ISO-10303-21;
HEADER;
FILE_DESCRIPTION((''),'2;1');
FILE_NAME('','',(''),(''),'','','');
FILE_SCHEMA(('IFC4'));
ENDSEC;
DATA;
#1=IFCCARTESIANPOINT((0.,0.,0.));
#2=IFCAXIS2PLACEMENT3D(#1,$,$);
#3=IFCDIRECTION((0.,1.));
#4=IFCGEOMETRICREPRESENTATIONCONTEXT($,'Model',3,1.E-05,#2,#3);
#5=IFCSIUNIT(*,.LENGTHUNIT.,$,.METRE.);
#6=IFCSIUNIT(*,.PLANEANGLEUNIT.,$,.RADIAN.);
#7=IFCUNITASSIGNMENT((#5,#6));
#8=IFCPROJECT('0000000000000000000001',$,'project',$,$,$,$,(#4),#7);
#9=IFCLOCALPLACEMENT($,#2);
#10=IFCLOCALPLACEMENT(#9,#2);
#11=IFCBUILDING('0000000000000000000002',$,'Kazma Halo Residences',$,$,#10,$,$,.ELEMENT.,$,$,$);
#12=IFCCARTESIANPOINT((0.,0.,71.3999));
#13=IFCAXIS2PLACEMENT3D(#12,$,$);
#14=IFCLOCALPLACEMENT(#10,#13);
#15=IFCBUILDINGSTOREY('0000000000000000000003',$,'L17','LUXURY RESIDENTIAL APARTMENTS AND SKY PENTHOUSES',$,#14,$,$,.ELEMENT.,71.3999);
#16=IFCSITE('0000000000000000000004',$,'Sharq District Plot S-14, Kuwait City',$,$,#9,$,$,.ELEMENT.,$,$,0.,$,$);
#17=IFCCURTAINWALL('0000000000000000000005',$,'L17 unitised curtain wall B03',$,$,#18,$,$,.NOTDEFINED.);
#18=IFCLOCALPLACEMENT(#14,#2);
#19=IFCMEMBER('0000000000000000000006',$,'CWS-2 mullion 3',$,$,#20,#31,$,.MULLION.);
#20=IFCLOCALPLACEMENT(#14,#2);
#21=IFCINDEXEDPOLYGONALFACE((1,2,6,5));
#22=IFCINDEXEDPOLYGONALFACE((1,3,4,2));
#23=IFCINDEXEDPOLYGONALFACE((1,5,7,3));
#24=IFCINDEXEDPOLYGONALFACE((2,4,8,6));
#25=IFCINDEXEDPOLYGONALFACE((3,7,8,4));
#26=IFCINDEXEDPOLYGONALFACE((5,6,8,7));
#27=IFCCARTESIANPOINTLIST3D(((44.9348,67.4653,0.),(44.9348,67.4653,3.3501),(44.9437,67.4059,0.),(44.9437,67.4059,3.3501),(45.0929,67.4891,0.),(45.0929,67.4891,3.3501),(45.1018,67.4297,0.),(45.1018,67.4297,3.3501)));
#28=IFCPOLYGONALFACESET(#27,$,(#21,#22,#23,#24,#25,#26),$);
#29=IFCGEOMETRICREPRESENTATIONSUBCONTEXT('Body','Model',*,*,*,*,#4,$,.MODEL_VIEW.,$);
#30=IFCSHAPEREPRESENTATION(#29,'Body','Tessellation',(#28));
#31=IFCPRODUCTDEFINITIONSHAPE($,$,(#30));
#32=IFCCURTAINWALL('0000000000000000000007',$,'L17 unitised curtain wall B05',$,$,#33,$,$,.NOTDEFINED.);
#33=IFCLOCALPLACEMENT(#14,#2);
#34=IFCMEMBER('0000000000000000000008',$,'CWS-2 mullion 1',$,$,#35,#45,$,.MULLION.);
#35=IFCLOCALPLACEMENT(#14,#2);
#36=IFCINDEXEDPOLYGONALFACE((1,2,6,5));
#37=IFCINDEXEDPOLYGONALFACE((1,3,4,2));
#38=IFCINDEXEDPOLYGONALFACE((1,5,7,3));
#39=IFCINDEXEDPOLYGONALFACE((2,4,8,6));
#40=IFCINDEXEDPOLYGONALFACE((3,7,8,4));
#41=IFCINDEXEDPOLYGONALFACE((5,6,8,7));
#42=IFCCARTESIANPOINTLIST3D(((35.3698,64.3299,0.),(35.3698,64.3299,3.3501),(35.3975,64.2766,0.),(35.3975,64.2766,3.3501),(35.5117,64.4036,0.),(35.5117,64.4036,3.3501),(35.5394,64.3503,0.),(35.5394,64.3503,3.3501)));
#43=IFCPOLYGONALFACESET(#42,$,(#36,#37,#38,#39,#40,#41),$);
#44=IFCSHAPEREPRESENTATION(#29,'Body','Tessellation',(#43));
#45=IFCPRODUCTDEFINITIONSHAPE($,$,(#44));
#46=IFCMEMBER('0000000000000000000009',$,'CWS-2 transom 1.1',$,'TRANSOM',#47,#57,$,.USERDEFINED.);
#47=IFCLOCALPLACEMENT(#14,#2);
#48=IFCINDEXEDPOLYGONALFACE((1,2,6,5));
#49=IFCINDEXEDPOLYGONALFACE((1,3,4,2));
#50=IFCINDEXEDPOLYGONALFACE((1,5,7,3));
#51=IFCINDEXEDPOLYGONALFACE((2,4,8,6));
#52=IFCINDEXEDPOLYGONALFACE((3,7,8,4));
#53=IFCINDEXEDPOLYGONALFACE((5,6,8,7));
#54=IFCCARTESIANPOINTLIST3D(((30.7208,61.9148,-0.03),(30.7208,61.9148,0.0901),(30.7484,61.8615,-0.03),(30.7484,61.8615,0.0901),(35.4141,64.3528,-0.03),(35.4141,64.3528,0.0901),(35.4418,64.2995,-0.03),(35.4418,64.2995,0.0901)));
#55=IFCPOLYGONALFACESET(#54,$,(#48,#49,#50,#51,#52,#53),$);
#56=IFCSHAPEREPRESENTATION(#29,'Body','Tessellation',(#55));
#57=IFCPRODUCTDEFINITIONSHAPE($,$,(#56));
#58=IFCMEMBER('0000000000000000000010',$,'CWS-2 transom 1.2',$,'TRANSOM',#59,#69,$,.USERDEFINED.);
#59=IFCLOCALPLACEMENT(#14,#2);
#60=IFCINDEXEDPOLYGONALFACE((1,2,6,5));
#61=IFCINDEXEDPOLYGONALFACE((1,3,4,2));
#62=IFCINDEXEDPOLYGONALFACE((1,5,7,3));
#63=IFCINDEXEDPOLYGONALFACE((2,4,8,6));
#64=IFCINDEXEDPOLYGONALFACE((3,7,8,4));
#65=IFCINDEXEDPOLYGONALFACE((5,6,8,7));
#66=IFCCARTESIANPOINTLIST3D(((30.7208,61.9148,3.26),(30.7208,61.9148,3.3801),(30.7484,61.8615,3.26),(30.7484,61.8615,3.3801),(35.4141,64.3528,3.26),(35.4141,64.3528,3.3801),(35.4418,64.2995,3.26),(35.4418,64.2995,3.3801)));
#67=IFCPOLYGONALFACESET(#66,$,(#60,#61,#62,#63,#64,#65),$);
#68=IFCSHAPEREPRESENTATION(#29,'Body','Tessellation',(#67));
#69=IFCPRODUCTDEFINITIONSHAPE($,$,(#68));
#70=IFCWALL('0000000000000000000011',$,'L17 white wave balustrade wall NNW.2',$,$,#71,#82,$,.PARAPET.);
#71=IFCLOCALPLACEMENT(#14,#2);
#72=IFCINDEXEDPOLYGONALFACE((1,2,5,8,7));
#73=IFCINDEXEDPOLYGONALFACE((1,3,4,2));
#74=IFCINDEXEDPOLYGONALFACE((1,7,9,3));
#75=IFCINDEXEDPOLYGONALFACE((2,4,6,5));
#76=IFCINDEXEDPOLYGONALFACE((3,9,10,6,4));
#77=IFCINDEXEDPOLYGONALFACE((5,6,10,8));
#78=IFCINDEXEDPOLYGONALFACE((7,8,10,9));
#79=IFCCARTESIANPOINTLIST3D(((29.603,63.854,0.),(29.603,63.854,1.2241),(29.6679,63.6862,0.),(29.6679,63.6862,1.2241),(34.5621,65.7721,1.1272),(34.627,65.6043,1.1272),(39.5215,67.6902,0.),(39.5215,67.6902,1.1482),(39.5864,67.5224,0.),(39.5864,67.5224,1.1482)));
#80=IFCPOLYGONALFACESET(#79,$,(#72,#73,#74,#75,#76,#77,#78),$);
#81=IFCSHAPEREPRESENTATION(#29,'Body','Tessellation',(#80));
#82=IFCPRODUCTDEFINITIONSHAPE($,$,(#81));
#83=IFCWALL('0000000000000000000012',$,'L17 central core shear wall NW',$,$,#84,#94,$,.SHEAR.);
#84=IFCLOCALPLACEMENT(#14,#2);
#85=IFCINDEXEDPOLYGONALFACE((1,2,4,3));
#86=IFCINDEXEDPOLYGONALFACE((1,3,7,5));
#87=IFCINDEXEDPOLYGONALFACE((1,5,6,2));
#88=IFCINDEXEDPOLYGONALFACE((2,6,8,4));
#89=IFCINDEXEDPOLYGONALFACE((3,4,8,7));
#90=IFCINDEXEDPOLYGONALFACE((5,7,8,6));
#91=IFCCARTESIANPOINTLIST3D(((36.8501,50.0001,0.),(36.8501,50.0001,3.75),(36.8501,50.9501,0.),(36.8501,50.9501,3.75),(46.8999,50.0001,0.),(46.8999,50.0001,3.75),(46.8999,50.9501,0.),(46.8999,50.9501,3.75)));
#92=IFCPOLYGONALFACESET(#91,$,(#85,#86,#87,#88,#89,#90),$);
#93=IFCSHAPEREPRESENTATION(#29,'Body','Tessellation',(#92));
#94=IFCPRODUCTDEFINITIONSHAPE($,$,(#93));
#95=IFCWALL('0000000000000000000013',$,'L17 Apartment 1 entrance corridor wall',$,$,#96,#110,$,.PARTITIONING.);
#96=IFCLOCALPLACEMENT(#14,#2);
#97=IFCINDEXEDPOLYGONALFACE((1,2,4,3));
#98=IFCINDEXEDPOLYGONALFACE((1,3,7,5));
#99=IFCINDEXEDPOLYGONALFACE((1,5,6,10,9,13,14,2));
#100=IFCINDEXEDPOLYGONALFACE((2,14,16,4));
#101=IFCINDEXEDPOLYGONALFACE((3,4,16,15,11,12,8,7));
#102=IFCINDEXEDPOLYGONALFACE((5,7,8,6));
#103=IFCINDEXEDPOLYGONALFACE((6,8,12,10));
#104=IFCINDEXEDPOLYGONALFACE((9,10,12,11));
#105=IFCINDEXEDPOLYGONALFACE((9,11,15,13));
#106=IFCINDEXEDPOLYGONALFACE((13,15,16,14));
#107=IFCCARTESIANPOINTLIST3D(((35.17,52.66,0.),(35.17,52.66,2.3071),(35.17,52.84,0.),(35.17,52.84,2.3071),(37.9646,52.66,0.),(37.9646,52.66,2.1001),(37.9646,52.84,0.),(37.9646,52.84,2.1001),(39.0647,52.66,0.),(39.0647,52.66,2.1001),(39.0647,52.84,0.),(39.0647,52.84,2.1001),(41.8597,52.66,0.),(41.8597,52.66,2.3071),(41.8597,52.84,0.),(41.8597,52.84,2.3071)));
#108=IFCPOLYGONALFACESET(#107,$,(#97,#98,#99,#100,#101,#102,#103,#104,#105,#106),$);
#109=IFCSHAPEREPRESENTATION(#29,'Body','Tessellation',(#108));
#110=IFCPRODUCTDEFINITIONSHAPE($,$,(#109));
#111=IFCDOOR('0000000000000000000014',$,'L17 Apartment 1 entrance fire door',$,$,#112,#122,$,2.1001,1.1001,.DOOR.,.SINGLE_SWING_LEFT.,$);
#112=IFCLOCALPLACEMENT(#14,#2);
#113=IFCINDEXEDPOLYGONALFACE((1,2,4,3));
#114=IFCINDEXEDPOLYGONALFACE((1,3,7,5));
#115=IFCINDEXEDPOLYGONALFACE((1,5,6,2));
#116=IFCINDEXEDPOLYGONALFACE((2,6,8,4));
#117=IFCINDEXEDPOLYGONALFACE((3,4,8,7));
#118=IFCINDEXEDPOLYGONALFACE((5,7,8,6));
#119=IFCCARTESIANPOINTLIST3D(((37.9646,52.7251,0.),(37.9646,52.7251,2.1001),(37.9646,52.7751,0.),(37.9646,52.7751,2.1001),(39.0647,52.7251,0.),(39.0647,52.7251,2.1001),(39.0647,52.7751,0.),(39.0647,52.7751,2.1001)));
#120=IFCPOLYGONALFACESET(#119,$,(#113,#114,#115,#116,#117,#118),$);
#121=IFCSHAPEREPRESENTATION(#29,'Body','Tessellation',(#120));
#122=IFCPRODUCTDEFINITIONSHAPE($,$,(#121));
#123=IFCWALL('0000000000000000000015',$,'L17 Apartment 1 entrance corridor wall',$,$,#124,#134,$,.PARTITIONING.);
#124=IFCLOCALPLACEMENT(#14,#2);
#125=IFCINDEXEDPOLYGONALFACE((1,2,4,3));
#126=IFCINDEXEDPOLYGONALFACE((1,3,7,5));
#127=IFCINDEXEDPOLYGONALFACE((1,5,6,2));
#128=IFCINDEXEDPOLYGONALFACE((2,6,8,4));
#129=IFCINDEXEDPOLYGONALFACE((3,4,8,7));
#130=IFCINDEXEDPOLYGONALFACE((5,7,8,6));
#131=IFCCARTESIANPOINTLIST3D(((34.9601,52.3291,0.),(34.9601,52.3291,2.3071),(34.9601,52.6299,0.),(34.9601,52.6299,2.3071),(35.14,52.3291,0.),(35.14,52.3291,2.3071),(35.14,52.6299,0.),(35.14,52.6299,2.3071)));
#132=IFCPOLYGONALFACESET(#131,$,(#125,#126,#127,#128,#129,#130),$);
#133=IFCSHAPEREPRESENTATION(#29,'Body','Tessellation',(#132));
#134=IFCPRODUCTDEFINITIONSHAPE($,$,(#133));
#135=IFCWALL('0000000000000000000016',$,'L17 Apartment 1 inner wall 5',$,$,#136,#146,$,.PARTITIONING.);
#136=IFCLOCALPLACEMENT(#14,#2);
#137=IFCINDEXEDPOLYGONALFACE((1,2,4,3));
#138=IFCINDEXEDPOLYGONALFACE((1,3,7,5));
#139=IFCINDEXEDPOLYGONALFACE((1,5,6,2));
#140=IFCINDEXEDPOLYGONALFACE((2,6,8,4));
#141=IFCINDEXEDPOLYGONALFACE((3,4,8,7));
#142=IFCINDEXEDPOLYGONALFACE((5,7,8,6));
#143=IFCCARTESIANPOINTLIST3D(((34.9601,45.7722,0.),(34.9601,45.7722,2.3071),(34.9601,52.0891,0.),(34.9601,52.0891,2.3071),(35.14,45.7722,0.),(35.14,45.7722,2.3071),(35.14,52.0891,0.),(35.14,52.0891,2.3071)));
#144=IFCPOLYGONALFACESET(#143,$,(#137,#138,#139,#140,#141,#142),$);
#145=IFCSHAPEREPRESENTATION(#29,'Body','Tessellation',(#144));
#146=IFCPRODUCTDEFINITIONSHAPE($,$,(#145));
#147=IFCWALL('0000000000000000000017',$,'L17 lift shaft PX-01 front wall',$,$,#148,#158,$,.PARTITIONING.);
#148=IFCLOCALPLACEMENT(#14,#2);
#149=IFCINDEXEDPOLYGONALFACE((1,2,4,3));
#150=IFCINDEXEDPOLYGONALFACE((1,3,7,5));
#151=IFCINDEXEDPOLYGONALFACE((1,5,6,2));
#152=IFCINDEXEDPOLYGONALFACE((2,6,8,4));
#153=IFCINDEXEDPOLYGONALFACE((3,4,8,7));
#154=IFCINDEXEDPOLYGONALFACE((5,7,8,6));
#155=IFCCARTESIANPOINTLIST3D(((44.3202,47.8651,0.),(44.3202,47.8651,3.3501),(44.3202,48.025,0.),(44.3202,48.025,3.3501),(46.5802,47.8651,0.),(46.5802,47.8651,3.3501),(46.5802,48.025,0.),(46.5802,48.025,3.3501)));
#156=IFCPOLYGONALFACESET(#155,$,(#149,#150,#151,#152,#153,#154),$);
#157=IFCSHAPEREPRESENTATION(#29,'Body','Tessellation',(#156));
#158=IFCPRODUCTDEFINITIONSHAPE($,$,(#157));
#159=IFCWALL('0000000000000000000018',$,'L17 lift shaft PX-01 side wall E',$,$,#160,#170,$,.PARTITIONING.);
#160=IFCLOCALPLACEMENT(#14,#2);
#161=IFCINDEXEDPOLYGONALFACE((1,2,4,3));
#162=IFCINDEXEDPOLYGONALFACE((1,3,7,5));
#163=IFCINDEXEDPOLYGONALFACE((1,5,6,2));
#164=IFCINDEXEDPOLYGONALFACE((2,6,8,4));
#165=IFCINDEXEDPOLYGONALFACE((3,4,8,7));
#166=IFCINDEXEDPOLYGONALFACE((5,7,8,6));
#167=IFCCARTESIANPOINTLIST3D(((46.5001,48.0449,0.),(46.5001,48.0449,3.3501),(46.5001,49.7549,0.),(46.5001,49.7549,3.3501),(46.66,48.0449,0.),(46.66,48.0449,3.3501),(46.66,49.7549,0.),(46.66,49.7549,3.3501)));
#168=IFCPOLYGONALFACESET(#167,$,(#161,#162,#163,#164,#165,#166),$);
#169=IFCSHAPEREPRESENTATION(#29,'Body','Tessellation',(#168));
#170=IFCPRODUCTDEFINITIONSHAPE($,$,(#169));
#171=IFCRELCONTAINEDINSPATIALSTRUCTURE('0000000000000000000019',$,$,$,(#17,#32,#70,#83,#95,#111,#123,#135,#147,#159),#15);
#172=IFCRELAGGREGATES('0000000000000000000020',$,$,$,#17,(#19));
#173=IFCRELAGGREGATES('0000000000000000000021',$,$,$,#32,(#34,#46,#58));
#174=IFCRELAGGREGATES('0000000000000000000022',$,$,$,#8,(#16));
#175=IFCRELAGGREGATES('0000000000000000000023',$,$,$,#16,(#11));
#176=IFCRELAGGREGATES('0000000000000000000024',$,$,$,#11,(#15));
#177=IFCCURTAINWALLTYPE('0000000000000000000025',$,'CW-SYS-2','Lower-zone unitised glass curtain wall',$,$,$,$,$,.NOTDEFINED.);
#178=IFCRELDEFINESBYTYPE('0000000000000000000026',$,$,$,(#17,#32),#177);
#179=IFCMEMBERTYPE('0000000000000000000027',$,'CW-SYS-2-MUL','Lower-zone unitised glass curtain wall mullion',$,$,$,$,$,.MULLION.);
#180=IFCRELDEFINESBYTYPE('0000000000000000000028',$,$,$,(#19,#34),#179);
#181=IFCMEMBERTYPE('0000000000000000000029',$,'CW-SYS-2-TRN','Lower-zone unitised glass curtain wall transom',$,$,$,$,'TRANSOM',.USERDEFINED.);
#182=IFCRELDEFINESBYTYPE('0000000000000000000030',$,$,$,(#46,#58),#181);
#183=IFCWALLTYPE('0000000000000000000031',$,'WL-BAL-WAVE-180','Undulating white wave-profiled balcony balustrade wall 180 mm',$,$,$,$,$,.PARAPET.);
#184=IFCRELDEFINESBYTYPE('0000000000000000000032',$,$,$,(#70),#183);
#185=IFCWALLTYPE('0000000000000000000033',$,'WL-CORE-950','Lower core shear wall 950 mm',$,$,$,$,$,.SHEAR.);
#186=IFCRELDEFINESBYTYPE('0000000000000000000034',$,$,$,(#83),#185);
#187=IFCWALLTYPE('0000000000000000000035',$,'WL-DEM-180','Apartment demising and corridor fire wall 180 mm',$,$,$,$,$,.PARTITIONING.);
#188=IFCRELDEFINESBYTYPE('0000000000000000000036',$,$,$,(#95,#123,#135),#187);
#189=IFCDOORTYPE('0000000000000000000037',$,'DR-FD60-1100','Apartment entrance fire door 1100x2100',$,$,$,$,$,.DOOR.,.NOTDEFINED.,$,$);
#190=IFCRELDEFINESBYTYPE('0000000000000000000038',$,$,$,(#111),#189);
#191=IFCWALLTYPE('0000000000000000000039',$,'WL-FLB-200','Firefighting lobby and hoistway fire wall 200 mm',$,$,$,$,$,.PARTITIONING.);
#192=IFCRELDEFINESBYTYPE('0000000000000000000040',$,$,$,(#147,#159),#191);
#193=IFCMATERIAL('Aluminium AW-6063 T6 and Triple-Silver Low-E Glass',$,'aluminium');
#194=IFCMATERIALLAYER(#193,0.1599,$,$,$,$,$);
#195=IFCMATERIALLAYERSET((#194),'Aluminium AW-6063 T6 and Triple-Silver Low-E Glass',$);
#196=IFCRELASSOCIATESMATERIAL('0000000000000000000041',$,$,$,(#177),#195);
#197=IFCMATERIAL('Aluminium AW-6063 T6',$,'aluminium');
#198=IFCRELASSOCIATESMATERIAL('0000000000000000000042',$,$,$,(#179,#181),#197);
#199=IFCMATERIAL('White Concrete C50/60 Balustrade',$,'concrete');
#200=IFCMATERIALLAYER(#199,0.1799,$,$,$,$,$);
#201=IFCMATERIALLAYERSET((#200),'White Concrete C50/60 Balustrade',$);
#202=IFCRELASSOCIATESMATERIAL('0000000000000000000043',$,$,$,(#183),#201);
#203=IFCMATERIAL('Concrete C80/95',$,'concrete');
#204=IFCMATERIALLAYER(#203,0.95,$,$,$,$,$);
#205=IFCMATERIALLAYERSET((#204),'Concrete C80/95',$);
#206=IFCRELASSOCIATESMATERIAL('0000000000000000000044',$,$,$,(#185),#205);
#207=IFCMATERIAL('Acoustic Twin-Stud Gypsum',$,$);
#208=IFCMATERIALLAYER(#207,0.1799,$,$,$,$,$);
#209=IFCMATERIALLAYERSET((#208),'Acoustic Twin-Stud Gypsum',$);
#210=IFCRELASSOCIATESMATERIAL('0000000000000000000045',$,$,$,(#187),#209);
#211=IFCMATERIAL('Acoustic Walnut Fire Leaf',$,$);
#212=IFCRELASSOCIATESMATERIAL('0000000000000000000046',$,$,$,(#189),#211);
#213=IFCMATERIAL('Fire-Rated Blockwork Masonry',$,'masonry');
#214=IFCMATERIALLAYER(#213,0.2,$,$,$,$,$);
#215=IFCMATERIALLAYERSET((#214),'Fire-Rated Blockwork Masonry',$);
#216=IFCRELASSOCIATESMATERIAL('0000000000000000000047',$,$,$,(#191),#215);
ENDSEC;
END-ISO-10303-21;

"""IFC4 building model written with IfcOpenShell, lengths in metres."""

from ifc_helpers import new_model, si_unit, direction, frame, frame_2d, origin, origin_2d, place, context, subcontext, project, spatial, polyline, rectangle, outline, extrude, material, layer, layer_set, material_profile, profile_set, type_object, element, fill, aggregate, save


model = new_model("IFC4")

# Units and contexts
model_context = context("Model", 3, precision=1e-05, world=origin(), true_north=direction((0.0, 1.0)))
body_context = subcontext(model_context, "Body", "Model", "MODEL_VIEW")
ifc_project = project(units=[si_unit("LENGTHUNIT", "METRE"), si_unit("PLANEANGLEUNIT", "RADIAN")], contexts=[model_context])

# Site, building, storey
site_placement = place(None, origin())
site = spatial("IfcSite", under=ifc_project, at=site_placement, Name="Sharq District Plot S-14, Kuwait City", CompositionType="ELEMENT", RefElevation=0.0)
building_placement = place(site_placement, origin())
building = spatial("IfcBuilding", under=site, at=building_placement, Name="Kazma Halo Residences", CompositionType="ELEMENT")
storey_placement = place(building_placement, frame((0.0, 0.0, 71.3999)))
storey = spatial("IfcBuildingStorey", under=building, at=storey_placement, Name="L17", Description="LUXURY RESIDENTIAL APARTMENTS AND SKY PENTHOUSES", CompositionType="ELEMENT", Elevation=71.3999)

# Shared definitions
ifc_material_1 = material(Name="Concrete C80/95", Category="concrete")

# Curtain wall, member
ifc_material_2 = material(Name="Aluminium AW-6063 T6 and Triple-Silver Low-E Glass", Category="aluminium")
ifc_layer_1 = layer(ifc_material_2, 0.1599)
ifc_layer_set_1 = layer_set([ifc_layer_1], Name="Aluminium AW-6063 T6 and Triple-Silver Low-E Glass")
curtain_wall_type = type_object("IfcCurtainWallType", Name="CW-SYS-2", Description="Lower-zone unitised glass curtain wall", PredefinedType="NOTDEFINED", material=ifc_layer_set_1)
curtain_wall_1_placement = place(storey_placement, origin())
curtain_wall_1 = element("IfcCurtainWall", 1, at=curtain_wall_1_placement, inside=storey, type_object=curtain_wall_type, Name="L17 unitised curtain wall B03", PredefinedType="NOTDEFINED")
ifc_material_3 = material(Name="Aluminium AW-6063 T6", Category="aluminium")
ifc_material_profile_1 = material_profile(ifc_material_3, rectangle(XDim=0.0601, YDim=0.1599, at=origin_2d()), Name="CWM-60x160")
ifc_profile_set_1 = profile_set([ifc_material_profile_1], Name="Aluminium AW-6063 T6")
member_type_1 = type_object("IfcMemberType", Name="CW-SYS-2-MUL", Description="Lower-zone unitised glass curtain wall mullion", PredefinedType="MULLION", material=ifc_profile_set_1)
member_1_placement = place(storey_placement, frame((45.0183, 67.4475, 0.0), z_axis=(0.0, 0.0, 1.0), x_axis=(0.148657, -0.988889, 0.0)))
member_1 = element("IfcMember", 2, at=member_1_placement, type_object=member_type_1, Name="CWS-2 mullion 3", PredefinedType="MULLION", context=body_context, shape_type="SweptSolid", body=[
    extrude(rectangle(XDim=0.0601, YDim=0.1599, at=origin_2d()), origin(), (0.0, 0.0, 1.0), 3.3501),
])
aggregate(curtain_wall_1, [member_1])

# Curtain wall, members
curtain_wall_2_placement = place(storey_placement, origin())
curtain_wall_2 = element("IfcCurtainWall", 3, at=curtain_wall_2_placement, inside=storey, type_object=curtain_wall_type, Name="L17 unitised curtain wall B05", PredefinedType="NOTDEFINED")
member_2_placement = place(storey_placement, frame((35.4546, 64.3401, 0.0), z_axis=(0.0, 0.0, 1.0), x_axis=(0.460996, -0.887402, 0.0)))
member_2 = element("IfcMember", 4, at=member_2_placement, type_object=member_type_1, Name="CWS-2 mullion 1", PredefinedType="MULLION", context=body_context, shape_type="SweptSolid", body=[
    extrude(rectangle(XDim=0.0601, YDim=0.1599, at=origin_2d()), origin(), (0.0, 0.0, 1.0), 3.3501),
])
ifc_material_profile_2 = material_profile(ifc_material_3, rectangle(XDim=0.0601, YDim=0.1201, at=origin_2d()), Name="CWT-60x120")
ifc_profile_set_2 = profile_set([ifc_material_profile_2], Name="Aluminium AW-6063 T6")
member_type_2 = type_object("IfcMemberType", Name="CW-SYS-2-TRN", Description="Lower-zone unitised glass curtain wall transom", ElementType="TRANSOM", PredefinedType="USERDEFINED", material=ifc_profile_set_2)
member_3_placement = place(storey_placement, frame((35.428, 64.3262, 0.03), z_axis=(-0.887415, -0.460972, 0.0), x_axis=(0.460972, -0.887415, 0.0)))
member_3 = element("IfcMember", 5, at=member_3_placement, type_object=member_type_2, Name="CWS-2 transom 1.1", ObjectType="TRANSOM", PredefinedType="USERDEFINED", context=body_context, shape_type="SweptSolid", body=[
    extrude(rectangle(XDim=0.0601, YDim=0.1201, at=origin_2d()), origin(), (0.0, 0.0, 1.0), 5.2888),
])
member_4_placement = place(storey_placement, frame((35.428, 64.3262, 3.3201), z_axis=(-0.887415, -0.460972, 0.0), x_axis=(0.460972, -0.887415, 0.0)))
member_4 = element("IfcMember", 6, at=member_4_placement, type_object=member_type_2, Name="CWS-2 transom 1.2", ObjectType="TRANSOM", PredefinedType="USERDEFINED", context=body_context, shape_type="SweptSolid", body=[
    extrude(rectangle(XDim=0.0601, YDim=0.1201, at=origin_2d()), origin(), (0.0, 0.0, 1.0), 5.2888),
])
aggregate(curtain_wall_2, [member_2, member_3, member_4])

# Walls
ifc_material_4 = material(Name="White Concrete C50/60 Balustrade", Category="concrete")
ifc_layer_2 = layer(ifc_material_4, 0.1799)
ifc_layer_set_2 = layer_set([ifc_layer_2], Name="White Concrete C50/60 Balustrade")
wall_type_1 = type_object("IfcWallType", Name="WL-BAL-WAVE-180", Description="Undulating white wave-profiled balcony balustrade wall 180 mm", PredefinedType="PARAPET", material=ifc_layer_set_2)
wall_1_placement = place(storey_placement, frame((39.554, 67.6062, 0.0), z_axis=(0.0, 0.0, 1.0), x_axis=(-0.93267, -0.360731, 0.0)))
element("IfcWall", 7, at=wall_1_placement, inside=storey, type_object=wall_type_1, Name="L17 white wave balustrade wall NNW.2", PredefinedType="PARAPET", context=body_context, shape_type="SweptSolid", body=[
    extrude(outline(polyline([(0.0, 0.0), (10.6345, 0.0), (10.6345, 1.2241), (5.3174, 1.1272), (0.0, 1.1482), (0.0, 0.0)])), frame((0.0, 0.0898, 0.0), z_axis=(0.0, -1.0, 0.0), x_axis=(1.0, 0.0, 0.0)), (0.0, 0.0, 1.0), 0.1799),
])
ifc_layer_3 = layer(ifc_material_1, 0.95)
ifc_layer_set_3 = layer_set([ifc_layer_3], Name="Concrete C80/95")
wall_type_2 = type_object("IfcWallType", Name="WL-CORE-950", Description="Lower core shear wall 950 mm", PredefinedType="SHEAR", material=ifc_layer_set_3)
wall_2_placement = place(storey_placement, frame((36.8501, 50.4751, 0.0), z_axis=(0.0, 0.0, 1.0), x_axis=(1.0, 0.0, 0.0)))
element("IfcWall", 8, at=wall_2_placement, inside=storey, type_object=wall_type_2, Name="L17 central core shear wall NW", PredefinedType="SHEAR", context=body_context, shape_type="SweptSolid", body=[
    extrude(rectangle(XDim=10.0498, YDim=0.95, at=frame_2d((5.0249, 0.0))), origin(), (0.0, 0.0, 1.0), 3.75),
])

# Wall, opening, door
ifc_material_5 = material(Name="Acoustic Twin-Stud Gypsum")
ifc_layer_4 = layer(ifc_material_5, 0.1799)
ifc_layer_set_4 = layer_set([ifc_layer_4], Name="Acoustic Twin-Stud Gypsum")
wall_type_3 = type_object("IfcWallType", Name="WL-DEM-180", Description="Apartment demising and corridor fire wall 180 mm", PredefinedType="PARTITIONING", material=ifc_layer_set_4)
wall_3_placement = place(storey_placement, frame((41.8596, 52.75, 0.0), z_axis=(0.0, 0.0, 1.0), x_axis=(-1.0, 0.0, 0.0)))
wall_3 = element("IfcWall", 9, at=wall_3_placement, inside=storey, type_object=wall_type_3, Name="L17 Apartment 1 entrance corridor wall", PredefinedType="PARTITIONING", context=body_context, shape_type="SweptSolid", body=[
    extrude(rectangle(XDim=6.6897, YDim=0.1799, at=frame_2d((3.3447, 0.0))), origin(), (0.0, 0.0, 1.0), 2.3071),
])
opening_1_placement = place(wall_3_placement, frame((2.7949, 0.0, 0.0)))
opening_1 = element("IfcOpeningElement", 10, at=opening_1_placement, cuts=wall_3, PredefinedType="OPENING", context=body_context, shape_type="SweptSolid", body=[
    extrude(rectangle(XDim=1.1001, YDim=2.1001, at=frame_2d((0.55, 1.05))), frame((0.0, 0.0999, 0.0), z_axis=(0.0, -1.0, 0.0), x_axis=(1.0, 0.0, 0.0)), (0.0, 0.0, 1.0), 0.2),
])
ifc_material_6 = material(Name="Acoustic Walnut Fire Leaf")
door_type_1 = type_object("IfcDoorType", Name="DR-FD60-1100", Description="Apartment entrance fire door 1100x2100", OperationType="NOTDEFINED", PredefinedType="DOOR", material=ifc_material_6)
door_1_placement = place(opening_1_placement, origin())
door_1 = element("IfcDoor", 11, at=door_1_placement, inside=storey, type_object=door_type_1, Name="L17 Apartment 1 entrance fire door", OperationType="SINGLE_SWING_LEFT", OverallHeight=2.1001, OverallWidth=1.1001, PredefinedType="DOOR", context=body_context, shape_type="SweptSolid", body=[
    extrude(rectangle(XDim=1.1001, YDim=2.1001, at=frame_2d((0.55, 1.05))), frame((0.0, 0.0249, 0.0), z_axis=(0.0, -1.0, 0.0), x_axis=(1.0, 0.0, 0.0)), (0.0, 0.0, 1.0), 0.05),
])
fill(opening_1, door_1)

# Walls
wall_4_placement = place(storey_placement, frame((35.05, 52.6299, 0.0), z_axis=(0.0, 0.0, 1.0), x_axis=(0.0, -1.0, 0.0)))
element("IfcWall", 12, at=wall_4_placement, inside=storey, type_object=wall_type_3, Name="L17 Apartment 1 entrance corridor wall", PredefinedType="PARTITIONING", context=body_context, shape_type="SweptSolid", body=[
    extrude(rectangle(XDim=0.3008, YDim=0.1799, at=frame_2d((0.1504, 0.0))), origin(), (0.0, 0.0, 1.0), 2.3071),
])
wall_5_placement = place(storey_placement, frame((35.05, 52.0891, 0.0), z_axis=(0.0, 0.0, 1.0), x_axis=(0.0, -1.0, 0.0)))
element("IfcWall", 13, at=wall_5_placement, inside=storey, type_object=wall_type_3, Name="L17 Apartment 1 inner wall 5", PredefinedType="PARTITIONING", context=body_context, shape_type="SweptSolid", body=[
    extrude(rectangle(XDim=6.3169, YDim=0.1799, at=frame_2d((3.1584, 0.0))), origin(), (0.0, 0.0, 1.0), 2.3071),
])

# Walls
ifc_material_7 = material(Name="Fire-Rated Blockwork Masonry", Category="masonry")
ifc_layer_5 = layer(ifc_material_7, 0.2)
ifc_layer_set_5 = layer_set([ifc_layer_5], Name="Fire-Rated Blockwork Masonry")
wall_type_4 = type_object("IfcWallType", Name="WL-FLB-200", Description="Firefighting lobby and hoistway fire wall 200 mm", PredefinedType="PARTITIONING", material=ifc_layer_set_5)
wall_6_placement = place(storey_placement, frame((46.5801, 47.9451, 0.0), z_axis=(0.0, 0.0, 1.0), x_axis=(-1.0, 0.0, 0.0)))
element("IfcWall", 14, at=wall_6_placement, inside=storey, type_object=wall_type_4, Name="L17 lift shaft PX-01 front wall", PredefinedType="PARTITIONING", context=body_context, shape_type="SweptSolid", body=[
    extrude(rectangle(XDim=2.26, YDim=0.1599, at=frame_2d((1.1299, 0.0))), origin(), (0.0, 0.0, 1.0), 3.3501),
])
wall_7_placement = place(storey_placement, frame((46.5801, 48.0449, 0.0), z_axis=(0.0, 0.0, 1.0), x_axis=(0.0, 1.0, 0.0)))
element("IfcWall", 15, at=wall_7_placement, inside=storey, type_object=wall_type_4, Name="L17 lift shaft PX-01 side wall E", PredefinedType="PARTITIONING", context=body_context, shape_type="SweptSolid", body=[
    extrude(rectangle(XDim=1.71, YDim=0.1599, at=frame_2d((0.855, 0.0))), origin(), (0.0, 0.0, 1.0), 3.3501),
])

save(model, "model.ifc")
